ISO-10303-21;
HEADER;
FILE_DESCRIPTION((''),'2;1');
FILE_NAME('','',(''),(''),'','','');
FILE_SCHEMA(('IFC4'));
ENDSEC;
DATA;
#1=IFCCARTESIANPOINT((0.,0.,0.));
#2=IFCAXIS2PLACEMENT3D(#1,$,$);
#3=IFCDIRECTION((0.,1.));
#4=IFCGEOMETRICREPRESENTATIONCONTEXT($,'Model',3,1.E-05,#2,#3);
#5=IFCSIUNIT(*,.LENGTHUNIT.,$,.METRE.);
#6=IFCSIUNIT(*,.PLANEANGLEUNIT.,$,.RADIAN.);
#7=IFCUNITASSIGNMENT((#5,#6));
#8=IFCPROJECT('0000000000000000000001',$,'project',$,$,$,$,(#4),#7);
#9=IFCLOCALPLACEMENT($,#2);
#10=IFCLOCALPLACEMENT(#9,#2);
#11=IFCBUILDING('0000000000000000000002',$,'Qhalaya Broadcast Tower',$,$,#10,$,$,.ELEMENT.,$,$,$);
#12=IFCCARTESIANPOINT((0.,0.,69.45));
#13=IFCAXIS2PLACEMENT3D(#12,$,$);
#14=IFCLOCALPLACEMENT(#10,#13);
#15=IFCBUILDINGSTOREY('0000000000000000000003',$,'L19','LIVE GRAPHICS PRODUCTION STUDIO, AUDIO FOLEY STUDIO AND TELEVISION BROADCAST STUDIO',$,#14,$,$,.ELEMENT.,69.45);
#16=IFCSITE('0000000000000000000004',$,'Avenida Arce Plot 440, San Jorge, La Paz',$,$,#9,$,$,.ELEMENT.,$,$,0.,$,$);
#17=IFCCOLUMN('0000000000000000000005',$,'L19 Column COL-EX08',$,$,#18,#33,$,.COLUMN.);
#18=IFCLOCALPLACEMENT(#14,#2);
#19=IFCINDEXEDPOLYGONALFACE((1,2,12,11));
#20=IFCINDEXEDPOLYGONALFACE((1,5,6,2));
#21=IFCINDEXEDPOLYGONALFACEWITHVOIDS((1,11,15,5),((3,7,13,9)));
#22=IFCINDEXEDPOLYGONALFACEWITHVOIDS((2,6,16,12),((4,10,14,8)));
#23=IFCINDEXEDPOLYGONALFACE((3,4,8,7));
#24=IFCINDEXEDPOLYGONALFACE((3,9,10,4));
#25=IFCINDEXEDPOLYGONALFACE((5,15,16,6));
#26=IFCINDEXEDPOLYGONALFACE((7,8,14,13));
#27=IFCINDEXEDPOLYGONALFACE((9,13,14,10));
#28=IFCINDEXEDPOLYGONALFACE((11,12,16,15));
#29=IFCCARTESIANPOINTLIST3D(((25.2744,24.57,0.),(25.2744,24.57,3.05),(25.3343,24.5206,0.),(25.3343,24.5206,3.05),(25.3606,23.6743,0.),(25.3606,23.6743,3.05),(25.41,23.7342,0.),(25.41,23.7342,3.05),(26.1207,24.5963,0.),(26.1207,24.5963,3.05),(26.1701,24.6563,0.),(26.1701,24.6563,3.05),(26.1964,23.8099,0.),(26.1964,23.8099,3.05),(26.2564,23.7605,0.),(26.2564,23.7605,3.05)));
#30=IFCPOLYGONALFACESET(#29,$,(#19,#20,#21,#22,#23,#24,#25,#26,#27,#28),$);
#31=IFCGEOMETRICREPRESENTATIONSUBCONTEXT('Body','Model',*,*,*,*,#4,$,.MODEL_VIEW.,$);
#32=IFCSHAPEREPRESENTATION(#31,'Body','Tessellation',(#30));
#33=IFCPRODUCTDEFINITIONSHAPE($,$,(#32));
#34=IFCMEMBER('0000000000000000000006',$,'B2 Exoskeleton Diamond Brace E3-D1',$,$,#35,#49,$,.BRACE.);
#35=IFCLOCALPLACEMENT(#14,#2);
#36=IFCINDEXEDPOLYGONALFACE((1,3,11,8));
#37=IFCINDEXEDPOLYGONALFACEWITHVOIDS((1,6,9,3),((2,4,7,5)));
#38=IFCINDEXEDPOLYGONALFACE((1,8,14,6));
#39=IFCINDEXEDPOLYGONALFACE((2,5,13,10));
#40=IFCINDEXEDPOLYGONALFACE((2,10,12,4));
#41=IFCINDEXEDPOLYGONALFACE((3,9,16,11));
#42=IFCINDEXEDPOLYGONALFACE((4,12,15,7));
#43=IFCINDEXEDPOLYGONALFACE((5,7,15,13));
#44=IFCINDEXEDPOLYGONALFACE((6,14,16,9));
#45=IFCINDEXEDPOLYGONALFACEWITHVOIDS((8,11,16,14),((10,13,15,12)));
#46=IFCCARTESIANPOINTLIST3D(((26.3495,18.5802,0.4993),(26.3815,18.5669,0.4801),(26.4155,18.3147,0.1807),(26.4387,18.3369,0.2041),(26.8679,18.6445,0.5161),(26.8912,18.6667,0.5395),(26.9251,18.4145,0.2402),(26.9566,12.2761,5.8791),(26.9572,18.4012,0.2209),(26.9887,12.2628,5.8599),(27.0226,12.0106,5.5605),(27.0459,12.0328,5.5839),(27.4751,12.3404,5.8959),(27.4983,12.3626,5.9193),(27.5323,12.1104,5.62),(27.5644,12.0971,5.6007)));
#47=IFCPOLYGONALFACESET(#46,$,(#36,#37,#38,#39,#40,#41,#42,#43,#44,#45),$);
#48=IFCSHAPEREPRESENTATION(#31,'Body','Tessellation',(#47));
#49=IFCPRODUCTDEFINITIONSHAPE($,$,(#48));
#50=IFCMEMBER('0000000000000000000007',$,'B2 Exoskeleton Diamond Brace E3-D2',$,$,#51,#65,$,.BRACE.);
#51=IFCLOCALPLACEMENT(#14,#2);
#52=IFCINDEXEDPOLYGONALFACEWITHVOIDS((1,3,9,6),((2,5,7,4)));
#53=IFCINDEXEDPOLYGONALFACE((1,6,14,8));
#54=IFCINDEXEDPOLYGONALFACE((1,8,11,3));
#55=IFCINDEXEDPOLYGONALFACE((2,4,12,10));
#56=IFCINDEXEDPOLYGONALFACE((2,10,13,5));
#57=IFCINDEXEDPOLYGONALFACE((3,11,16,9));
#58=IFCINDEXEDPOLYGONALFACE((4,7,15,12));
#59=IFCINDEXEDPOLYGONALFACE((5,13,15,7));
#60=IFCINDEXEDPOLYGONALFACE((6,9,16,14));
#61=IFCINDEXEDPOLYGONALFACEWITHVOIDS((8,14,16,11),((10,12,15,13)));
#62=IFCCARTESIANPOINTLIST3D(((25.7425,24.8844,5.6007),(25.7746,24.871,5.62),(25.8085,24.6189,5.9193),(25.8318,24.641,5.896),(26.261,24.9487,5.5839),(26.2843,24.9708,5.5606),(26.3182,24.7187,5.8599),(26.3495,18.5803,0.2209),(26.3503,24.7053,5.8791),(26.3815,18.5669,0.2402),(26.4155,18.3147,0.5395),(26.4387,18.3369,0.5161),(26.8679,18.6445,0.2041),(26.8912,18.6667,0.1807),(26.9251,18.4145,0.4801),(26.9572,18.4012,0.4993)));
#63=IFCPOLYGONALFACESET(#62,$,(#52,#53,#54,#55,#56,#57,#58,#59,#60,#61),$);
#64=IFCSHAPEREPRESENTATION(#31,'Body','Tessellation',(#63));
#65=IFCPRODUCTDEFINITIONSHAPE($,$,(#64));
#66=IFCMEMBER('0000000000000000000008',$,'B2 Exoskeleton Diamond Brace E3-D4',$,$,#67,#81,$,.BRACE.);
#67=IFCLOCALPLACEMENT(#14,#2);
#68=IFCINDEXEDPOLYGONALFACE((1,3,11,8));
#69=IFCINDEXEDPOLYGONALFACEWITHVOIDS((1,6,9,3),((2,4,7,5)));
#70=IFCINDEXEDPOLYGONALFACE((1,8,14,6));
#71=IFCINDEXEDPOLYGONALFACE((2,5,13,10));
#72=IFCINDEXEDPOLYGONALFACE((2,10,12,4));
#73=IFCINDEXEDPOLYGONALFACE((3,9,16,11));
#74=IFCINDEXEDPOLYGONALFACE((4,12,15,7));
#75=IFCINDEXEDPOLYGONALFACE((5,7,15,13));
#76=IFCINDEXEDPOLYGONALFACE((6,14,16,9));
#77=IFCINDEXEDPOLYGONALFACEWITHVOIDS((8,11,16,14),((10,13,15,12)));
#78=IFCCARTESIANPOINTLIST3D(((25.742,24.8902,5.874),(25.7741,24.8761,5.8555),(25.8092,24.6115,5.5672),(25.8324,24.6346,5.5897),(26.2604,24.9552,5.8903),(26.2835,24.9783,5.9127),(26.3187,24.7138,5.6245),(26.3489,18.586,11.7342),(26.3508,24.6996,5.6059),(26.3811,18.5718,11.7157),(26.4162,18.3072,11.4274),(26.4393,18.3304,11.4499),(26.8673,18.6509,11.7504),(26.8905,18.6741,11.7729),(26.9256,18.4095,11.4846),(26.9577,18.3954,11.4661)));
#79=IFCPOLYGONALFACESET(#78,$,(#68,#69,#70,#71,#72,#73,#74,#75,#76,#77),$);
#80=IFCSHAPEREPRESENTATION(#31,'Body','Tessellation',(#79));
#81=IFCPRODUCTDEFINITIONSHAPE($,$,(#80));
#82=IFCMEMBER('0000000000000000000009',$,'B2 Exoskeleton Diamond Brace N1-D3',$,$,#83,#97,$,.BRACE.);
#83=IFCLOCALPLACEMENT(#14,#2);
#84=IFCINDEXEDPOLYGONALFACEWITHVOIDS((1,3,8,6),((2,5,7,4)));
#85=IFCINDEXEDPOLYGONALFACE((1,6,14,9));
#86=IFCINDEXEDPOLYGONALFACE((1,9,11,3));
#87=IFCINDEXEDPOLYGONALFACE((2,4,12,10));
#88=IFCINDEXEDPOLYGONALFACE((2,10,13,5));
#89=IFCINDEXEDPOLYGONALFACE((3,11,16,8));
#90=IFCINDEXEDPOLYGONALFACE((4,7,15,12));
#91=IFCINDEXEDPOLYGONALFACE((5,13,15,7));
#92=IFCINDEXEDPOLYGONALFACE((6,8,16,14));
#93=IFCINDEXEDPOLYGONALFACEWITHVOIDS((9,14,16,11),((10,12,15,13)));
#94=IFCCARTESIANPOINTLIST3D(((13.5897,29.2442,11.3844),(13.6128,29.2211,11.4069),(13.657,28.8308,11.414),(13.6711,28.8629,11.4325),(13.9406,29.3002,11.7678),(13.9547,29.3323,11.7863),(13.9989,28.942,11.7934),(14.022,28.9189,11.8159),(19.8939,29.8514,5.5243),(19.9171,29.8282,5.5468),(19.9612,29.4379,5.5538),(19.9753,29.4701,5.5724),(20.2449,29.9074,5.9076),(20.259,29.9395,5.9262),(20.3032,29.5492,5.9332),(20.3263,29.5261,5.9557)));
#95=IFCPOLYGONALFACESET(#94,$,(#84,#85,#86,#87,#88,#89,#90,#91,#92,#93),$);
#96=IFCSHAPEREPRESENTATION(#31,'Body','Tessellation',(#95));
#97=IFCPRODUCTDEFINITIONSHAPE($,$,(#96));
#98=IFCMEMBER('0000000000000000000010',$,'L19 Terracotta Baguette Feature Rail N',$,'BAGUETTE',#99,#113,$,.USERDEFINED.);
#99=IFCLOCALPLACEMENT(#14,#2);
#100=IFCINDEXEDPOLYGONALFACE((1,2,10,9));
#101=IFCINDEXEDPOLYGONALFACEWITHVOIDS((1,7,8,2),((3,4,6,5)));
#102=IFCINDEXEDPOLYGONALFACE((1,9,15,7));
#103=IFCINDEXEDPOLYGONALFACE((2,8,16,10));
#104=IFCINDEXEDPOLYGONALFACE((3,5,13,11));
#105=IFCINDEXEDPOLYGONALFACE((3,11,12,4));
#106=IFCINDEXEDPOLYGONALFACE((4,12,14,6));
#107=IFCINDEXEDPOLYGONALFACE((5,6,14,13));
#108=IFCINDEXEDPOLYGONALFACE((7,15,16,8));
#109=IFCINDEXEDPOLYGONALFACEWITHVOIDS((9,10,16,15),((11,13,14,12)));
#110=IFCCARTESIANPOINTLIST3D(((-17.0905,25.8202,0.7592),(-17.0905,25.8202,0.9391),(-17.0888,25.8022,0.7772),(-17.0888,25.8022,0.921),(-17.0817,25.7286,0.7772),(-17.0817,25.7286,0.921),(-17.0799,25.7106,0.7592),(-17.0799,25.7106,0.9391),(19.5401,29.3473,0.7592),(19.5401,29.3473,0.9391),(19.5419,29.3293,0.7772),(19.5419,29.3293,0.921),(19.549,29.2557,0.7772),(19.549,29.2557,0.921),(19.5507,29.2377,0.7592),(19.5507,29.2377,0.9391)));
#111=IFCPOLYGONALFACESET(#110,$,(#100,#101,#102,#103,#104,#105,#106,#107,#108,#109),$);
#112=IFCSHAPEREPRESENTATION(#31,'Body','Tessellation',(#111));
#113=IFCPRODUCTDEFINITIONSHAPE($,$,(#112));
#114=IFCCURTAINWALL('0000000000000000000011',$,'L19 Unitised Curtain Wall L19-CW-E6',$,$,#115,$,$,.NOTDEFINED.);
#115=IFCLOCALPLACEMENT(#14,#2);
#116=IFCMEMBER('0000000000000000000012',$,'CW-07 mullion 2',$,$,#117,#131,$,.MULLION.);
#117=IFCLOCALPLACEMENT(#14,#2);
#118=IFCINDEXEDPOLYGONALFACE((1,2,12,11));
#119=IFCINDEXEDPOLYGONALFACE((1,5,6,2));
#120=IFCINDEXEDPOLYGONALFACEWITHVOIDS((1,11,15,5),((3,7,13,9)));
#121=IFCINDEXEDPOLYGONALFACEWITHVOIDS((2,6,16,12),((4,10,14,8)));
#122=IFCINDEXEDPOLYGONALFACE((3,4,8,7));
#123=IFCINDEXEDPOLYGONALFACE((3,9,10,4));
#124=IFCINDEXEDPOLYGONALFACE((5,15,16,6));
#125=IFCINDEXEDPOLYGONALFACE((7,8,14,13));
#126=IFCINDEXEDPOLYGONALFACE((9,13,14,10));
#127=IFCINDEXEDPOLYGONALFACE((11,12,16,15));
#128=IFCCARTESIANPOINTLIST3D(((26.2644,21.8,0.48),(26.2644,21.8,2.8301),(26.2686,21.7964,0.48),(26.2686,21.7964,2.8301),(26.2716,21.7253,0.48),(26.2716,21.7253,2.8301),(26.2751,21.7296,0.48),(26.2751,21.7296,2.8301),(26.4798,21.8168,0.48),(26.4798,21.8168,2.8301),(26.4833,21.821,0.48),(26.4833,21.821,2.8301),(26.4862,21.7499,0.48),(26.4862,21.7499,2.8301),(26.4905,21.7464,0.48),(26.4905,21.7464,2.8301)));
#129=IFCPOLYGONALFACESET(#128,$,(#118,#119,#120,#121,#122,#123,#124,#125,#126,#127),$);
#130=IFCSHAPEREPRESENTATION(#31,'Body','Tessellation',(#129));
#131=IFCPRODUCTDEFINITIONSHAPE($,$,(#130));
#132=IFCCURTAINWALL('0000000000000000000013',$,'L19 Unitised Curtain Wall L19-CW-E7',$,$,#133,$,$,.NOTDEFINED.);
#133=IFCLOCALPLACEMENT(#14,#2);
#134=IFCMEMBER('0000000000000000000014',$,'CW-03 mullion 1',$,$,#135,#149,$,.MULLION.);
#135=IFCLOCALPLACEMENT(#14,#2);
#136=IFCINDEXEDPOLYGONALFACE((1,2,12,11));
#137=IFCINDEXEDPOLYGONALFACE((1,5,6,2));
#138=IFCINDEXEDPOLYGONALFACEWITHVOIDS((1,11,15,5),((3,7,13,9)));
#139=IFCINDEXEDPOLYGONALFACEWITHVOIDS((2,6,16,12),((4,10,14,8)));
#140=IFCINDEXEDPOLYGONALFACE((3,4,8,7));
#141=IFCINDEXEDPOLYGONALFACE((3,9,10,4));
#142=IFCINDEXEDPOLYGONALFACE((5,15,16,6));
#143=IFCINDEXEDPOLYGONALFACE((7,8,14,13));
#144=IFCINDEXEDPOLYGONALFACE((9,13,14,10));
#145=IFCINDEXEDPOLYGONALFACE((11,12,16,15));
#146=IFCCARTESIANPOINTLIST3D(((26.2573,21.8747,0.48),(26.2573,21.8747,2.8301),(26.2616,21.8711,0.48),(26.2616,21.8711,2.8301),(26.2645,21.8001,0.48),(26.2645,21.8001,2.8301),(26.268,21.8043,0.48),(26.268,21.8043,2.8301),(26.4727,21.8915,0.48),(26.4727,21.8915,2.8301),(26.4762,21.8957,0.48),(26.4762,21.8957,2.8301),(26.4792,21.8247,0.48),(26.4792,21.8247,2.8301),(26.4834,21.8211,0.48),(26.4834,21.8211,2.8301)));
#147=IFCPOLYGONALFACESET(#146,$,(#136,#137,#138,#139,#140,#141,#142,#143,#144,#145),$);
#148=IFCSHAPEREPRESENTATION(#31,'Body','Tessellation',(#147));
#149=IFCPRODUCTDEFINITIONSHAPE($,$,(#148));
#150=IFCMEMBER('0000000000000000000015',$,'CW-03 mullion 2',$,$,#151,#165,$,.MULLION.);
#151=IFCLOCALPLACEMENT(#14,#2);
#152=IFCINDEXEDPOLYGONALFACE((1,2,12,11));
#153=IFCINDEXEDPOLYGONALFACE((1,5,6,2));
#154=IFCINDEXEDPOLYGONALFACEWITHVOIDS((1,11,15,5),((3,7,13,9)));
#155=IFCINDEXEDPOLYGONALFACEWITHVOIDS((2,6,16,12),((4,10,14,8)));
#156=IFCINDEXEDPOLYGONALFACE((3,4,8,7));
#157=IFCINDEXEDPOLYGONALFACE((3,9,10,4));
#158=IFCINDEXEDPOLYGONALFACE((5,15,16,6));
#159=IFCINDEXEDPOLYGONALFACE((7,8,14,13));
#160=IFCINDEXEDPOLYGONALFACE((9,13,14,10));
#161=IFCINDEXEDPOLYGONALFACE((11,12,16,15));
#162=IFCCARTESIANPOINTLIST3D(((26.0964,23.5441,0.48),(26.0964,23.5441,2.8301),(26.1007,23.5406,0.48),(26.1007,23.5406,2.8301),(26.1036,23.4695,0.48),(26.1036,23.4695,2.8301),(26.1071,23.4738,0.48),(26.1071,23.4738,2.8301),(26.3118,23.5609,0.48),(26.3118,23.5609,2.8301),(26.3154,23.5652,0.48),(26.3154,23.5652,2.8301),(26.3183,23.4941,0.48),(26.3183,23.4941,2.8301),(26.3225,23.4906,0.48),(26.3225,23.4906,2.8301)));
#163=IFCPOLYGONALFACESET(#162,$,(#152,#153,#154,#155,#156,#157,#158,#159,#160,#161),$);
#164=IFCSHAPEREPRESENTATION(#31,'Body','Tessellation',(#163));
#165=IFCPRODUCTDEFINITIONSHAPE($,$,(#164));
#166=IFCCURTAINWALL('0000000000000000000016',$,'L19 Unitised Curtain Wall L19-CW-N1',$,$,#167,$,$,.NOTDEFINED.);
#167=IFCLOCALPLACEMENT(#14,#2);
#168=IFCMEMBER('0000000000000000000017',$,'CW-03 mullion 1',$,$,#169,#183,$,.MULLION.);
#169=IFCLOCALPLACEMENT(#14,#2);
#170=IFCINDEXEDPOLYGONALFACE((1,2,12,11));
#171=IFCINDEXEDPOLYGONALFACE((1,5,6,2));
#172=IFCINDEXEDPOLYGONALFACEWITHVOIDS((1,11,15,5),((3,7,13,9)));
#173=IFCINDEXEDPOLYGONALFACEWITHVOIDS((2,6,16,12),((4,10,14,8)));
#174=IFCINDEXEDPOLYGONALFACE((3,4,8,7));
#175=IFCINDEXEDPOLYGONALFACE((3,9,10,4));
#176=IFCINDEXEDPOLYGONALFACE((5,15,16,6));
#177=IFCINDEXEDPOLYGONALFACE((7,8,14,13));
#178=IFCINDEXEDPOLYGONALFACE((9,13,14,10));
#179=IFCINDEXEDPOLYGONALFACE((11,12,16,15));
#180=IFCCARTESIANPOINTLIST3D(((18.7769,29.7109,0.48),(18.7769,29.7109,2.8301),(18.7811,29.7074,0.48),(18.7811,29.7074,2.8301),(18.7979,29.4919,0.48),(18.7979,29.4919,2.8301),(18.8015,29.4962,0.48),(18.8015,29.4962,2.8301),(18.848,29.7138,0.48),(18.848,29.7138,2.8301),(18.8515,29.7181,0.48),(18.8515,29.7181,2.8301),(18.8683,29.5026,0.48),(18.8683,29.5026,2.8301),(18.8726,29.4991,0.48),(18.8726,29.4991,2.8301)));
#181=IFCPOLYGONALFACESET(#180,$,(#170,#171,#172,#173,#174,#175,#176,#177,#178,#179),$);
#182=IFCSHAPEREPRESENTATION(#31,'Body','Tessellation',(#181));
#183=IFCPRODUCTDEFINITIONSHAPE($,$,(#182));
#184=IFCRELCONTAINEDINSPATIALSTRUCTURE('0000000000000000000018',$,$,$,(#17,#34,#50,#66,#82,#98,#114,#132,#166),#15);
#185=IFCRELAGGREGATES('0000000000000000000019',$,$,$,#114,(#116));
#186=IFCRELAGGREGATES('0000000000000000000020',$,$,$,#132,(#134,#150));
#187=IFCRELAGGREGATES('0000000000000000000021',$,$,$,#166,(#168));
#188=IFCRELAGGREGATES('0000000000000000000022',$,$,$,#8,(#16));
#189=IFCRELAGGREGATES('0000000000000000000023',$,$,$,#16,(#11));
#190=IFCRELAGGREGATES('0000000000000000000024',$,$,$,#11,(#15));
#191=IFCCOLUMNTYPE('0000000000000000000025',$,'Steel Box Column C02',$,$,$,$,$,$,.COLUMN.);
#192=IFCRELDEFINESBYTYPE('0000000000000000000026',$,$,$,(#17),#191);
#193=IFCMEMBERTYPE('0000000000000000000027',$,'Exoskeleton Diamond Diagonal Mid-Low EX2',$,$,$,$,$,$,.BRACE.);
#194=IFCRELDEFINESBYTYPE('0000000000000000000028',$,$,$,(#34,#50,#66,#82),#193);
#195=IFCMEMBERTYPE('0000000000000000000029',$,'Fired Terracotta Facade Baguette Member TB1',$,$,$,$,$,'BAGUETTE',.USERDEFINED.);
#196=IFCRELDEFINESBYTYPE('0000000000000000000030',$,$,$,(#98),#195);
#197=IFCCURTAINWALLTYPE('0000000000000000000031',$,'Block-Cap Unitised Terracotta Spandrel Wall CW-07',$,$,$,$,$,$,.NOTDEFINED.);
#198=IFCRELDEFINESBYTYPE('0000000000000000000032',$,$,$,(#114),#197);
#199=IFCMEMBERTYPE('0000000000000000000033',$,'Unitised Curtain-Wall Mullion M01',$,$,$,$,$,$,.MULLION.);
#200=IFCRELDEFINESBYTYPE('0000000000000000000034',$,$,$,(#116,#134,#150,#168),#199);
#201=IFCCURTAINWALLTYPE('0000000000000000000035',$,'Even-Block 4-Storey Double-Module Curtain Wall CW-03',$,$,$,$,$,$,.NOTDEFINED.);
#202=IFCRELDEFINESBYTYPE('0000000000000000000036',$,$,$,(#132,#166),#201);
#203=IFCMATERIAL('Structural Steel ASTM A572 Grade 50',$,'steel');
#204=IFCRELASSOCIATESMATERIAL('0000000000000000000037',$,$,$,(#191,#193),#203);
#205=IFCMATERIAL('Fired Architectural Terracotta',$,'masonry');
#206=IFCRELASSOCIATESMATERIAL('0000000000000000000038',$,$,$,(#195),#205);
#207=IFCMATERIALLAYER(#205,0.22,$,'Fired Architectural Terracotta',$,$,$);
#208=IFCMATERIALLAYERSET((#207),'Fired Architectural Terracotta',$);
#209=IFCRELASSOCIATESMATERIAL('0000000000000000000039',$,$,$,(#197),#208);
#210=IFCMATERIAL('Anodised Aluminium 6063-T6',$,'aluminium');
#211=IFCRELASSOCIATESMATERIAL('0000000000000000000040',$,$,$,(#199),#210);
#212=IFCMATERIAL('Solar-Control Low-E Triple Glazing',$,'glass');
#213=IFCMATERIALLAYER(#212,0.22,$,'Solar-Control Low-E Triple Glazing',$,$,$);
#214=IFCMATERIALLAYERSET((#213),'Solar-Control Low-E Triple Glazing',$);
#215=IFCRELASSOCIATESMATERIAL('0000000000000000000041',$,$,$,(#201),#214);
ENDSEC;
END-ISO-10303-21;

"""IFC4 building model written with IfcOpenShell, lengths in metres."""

from ifc_helpers import new_model, si_unit, direction, frame, origin, origin_2d, place, context, subcontext, project, spatial, hollow_rectangle, extrude, material, layer, layer_set, material_profile, profile_set, type_object, element, aggregate, save


model = new_model("IFC4")

# Units and contexts
model_context = context("Model", 3, precision=1e-05, world=origin(), true_north=direction((0.0, 1.0)))
body_context = subcontext(model_context, "Body", "Model", "MODEL_VIEW")
ifc_project = project(units=[si_unit("LENGTHUNIT", "METRE"), si_unit("PLANEANGLEUNIT", "RADIAN")], contexts=[model_context])

# Site, building, storey
site_placement = place(None, origin())
site = spatial("IfcSite", under=ifc_project, at=site_placement, Name="Avenida Arce Plot 440, San Jorge, La Paz", CompositionType="ELEMENT", RefElevation=0.0)
building_placement = place(site_placement, origin())
building = spatial("IfcBuilding", under=site, at=building_placement, Name="Qhalaya Broadcast Tower", CompositionType="ELEMENT")
storey_placement = place(building_placement, frame((0.0, 0.0, 69.45)))
storey = spatial("IfcBuildingStorey", under=building, at=storey_placement, Name="L19", Description="LIVE GRAPHICS PRODUCTION STUDIO, AUDIO FOLEY STUDIO AND TELEVISION BROADCAST STUDIO", CompositionType="ELEMENT", Elevation=69.45)

# Column
ifc_material_1 = material(Name="Structural Steel ASTM A572 Grade 50", Category="steel")
ifc_material_profile_1 = material_profile(ifc_material_1, hollow_rectangle(XDim=0.8999, YDim=0.8999, WallThickness=0.0549, at=origin_2d()), Name="BOX 900x900x55")
ifc_profile_set_1 = profile_set([ifc_material_profile_1], Name="Structural Steel ASTM A572 Grade 50")
column_type = type_object("IfcColumnType", Name="Steel Box Column C02", PredefinedType="COLUMN", material=ifc_profile_set_1)
column_placement = place(storey_placement, frame((25.7654, 24.1653, 0.0), z_axis=(0.0, 0.0, 1.0), x_axis=(-0.095846, 0.995396, 0.0)))
element("IfcColumn", 1, at=column_placement, inside=storey, type_object=column_type, Name="L19 Column COL-EX08", PredefinedType="COLUMN", context=body_context, shape_type="SweptSolid", body=[
    extrude(hollow_rectangle(XDim=0.8999, YDim=0.8999, WallThickness=0.0549, at=origin_2d()), origin(), (0.0, 0.0, 1.0), 3.05),
])

# Members
ifc_material_profile_2 = material_profile(ifc_material_1, hollow_rectangle(XDim=0.4199, YDim=0.55, WallThickness=0.0281, at=origin_2d()), Name="BOX 420x550x28")
ifc_profile_set_2 = profile_set([ifc_material_profile_2], Name="Structural Steel ASTM A572 Grade 50")
member_type_1 = type_object("IfcMemberType", Name="Exoskeleton Diamond Diagonal Mid-Low EX2", PredefinedType="BRACE", material=ifc_profile_set_2)
for number, where, z_axis, x_axis, name in (
    (2, (26.6533, 18.4907, 0.3601), (0.073067, -0.758636, 0.647405), (-0.157185, 0.632268, 0.758637), "B2 Exoskeleton Diamond Brace E3-D1"),
    (3, (26.6533, 18.4907, 0.3601), (-0.073037, 0.758637, 0.647406), (0.157161, -0.632275, 0.758636), "B2 Exoskeleton Diamond Brace E3-D2"),
):
    element("IfcMember", number, at=place(storey_placement, frame(where, z_axis=z_axis, x_axis=x_axis)), inside=storey, type_object=member_type_1, Name=name, PredefinedType="BRACE", context=body_context, shape_type="SweptSolid", body=[
        extrude(hollow_rectangle(XDim=0.4199, YDim=0.55, WallThickness=0.0281, at=origin_2d()), origin(), (0.0, 0.0, 1.0), 8.3098),
    ])
for number, where, z_axis, x_axis, name in (
    (4, (26.0464, 24.7949, 5.74), (0.07034, -0.73062, 0.679152), (-0.160189, 0.663729, 0.730619), "B2 Exoskeleton Diamond Brace E3-D4"),
    (5, (20.1101, 29.6887, 5.74), (-0.730618, -0.070368, 0.679151), (0.160222, -0.984571, 0.070351), "B2 Exoskeleton Diamond Brace N1-D3"),
):
    element("IfcMember", number, at=place(storey_placement, frame(where, z_axis=z_axis, x_axis=x_axis)), inside=storey, type_object=member_type_1, Name=name, PredefinedType="BRACE", context=body_context, shape_type="SweptSolid", body=[
        extrude(hollow_rectangle(XDim=0.4199, YDim=0.55, WallThickness=0.0281, at=origin_2d()), origin(), (0.0, 0.0, 1.0), 8.6287),
    ])
ifc_material_2 = material(Name="Fired Architectural Terracotta", Category="masonry")
ifc_material_profile_3 = material_profile(ifc_material_2, hollow_rectangle(XDim=0.1101, YDim=0.1799, WallThickness=0.0181, at=origin_2d()), Name="TB-BAG 110x180x18")
ifc_profile_set_3 = profile_set([ifc_material_profile_3], Name="Fired Architectural Terracotta")
member_type_2 = type_object("IfcMemberType", Name="Fired Terracotta Facade Baguette Member TB1", ElementType="BAGUETTE", PredefinedType="USERDEFINED", material=ifc_profile_set_3)
member_1_placement = place(storey_placement, frame((19.5454, 29.2925, 0.8491), z_axis=(-0.995396, -0.095845, 0.0), x_axis=(0.095845, -0.995396, 0.0)))
element("IfcMember", 6, at=member_1_placement, inside=storey, type_object=member_type_2, Name="L19 Terracotta Baguette Feature Rail N", ObjectType="BAGUETTE", PredefinedType="USERDEFINED", context=body_context, shape_type="SweptSolid", body=[
    extrude(hollow_rectangle(XDim=0.1101, YDim=0.1799, WallThickness=0.0181, at=origin_2d()), origin(), (0.0, 0.0, 1.0), 36.8),
])

# Curtain wall, member
ifc_layer_1 = layer(ifc_material_2, 0.22, Name="Fired Architectural Terracotta")
ifc_layer_set_1 = layer_set([ifc_layer_1], Name="Fired Architectural Terracotta")
curtain_wall_type_1 = type_object("IfcCurtainWallType", Name="Block-Cap Unitised Terracotta Spandrel Wall CW-07", PredefinedType="NOTDEFINED", material=ifc_layer_set_1)
curtain_wall_1_placement = place(storey_placement, origin())
curtain_wall_1 = element("IfcCurtainWall", 7, at=curtain_wall_1_placement, inside=storey, type_object=curtain_wall_type_1, Name="L19 Unitised Curtain Wall L19-CW-E6", PredefinedType="NOTDEFINED")
ifc_material_3 = material(Name="Anodised Aluminium 6063-T6", Category="aluminium")
ifc_material_profile_4 = material_profile(ifc_material_3, hollow_rectangle(XDim=0.075, YDim=0.22, WallThickness=0.0039, at=origin_2d()), Name="ALU-MUL 75x220x4")
ifc_profile_set_4 = profile_set([ifc_material_profile_4], Name="Anodised Aluminium 6063-T6")
member_type_3 = type_object("IfcMemberType", Name="Unitised Curtain-Wall Mullion M01", PredefinedType="MULLION", material=ifc_profile_set_4)
member_2_placement = place(storey_placement, frame((26.3774, 21.7732, 0.48), z_axis=(0.0, 0.0, 1.0), x_axis=(-0.095858, 0.995395, 0.0)))
member_2 = element("IfcMember", 8, at=member_2_placement, type_object=member_type_3, Name="CW-07 mullion 2", PredefinedType="MULLION", context=body_context, shape_type="SweptSolid", body=[
    extrude(hollow_rectangle(XDim=0.075, YDim=0.22, WallThickness=0.0039, at=origin_2d()), origin(), (0.0, 0.0, 1.0), 2.3501),
])

# Curtain wall, members
ifc_material_4 = material(Name="Solar-Control Low-E Triple Glazing", Category="glass")
ifc_layer_2 = layer(ifc_material_4, 0.22, Name="Solar-Control Low-E Triple Glazing")
ifc_layer_set_2 = layer_set([ifc_layer_2], Name="Solar-Control Low-E Triple Glazing")
curtain_wall_type_2 = type_object("IfcCurtainWallType", Name="Even-Block 4-Storey Double-Module Curtain Wall CW-03", PredefinedType="NOTDEFINED", material=ifc_layer_set_2)
curtain_wall_2_placement = place(storey_placement, origin())
curtain_wall_2 = element("IfcCurtainWall", 9, at=curtain_wall_2_placement, inside=storey, type_object=curtain_wall_type_2, Name="L19 Unitised Curtain Wall L19-CW-E7", PredefinedType="NOTDEFINED")
member_3_placement = place(storey_placement, frame((26.3704, 21.8479, 0.48), z_axis=(0.0, 0.0, 1.0), x_axis=(-0.09583, 0.995398, 0.0)))
member_3 = element("IfcMember", 10, at=member_3_placement, type_object=member_type_3, Name="CW-03 mullion 1", PredefinedType="MULLION", context=body_context, shape_type="SweptSolid", body=[
    extrude(hollow_rectangle(XDim=0.075, YDim=0.22, WallThickness=0.0039, at=origin_2d()), origin(), (0.0, 0.0, 1.0), 2.3501),
])
member_4_placement = place(storey_placement, frame((26.2095, 23.5173, 0.48), z_axis=(0.0, 0.0, 1.0), x_axis=(-0.09583, 0.995398, 0.0)))
member_4 = element("IfcMember", 11, at=member_4_placement, type_object=member_type_3, Name="CW-03 mullion 2", PredefinedType="MULLION", context=body_context, shape_type="SweptSolid", body=[
    extrude(hollow_rectangle(XDim=0.075, YDim=0.22, WallThickness=0.0039, at=origin_2d()), origin(), (0.0, 0.0, 1.0), 2.3501),
])

# Curtain wall, member
curtain_wall_3_placement = place(storey_placement, origin())
curtain_wall_3 = element("IfcCurtainWall", 12, at=curtain_wall_3_placement, inside=storey, type_object=curtain_wall_type_2, Name="L19 Unitised Curtain Wall L19-CW-N1", PredefinedType="NOTDEFINED")
member_5_placement = place(storey_placement, frame((18.8247, 29.605, 0.48), z_axis=(0.0, 0.0, 1.0), x_axis=(-0.995396, -0.095851, 0.0)))
member_5 = element("IfcMember", 13, at=member_5_placement, type_object=member_type_3, Name="CW-03 mullion 1", PredefinedType="MULLION", context=body_context, shape_type="SweptSolid", body=[
    extrude(hollow_rectangle(XDim=0.075, YDim=0.22, WallThickness=0.0039, at=origin_2d()), origin(), (0.0, 0.0, 1.0), 2.3501),
])

aggregate(curtain_wall_1, [member_2])
aggregate(curtain_wall_2, [member_3, member_4])
aggregate(curtain_wall_3, [member_5])

save(model, "model.ifc")
